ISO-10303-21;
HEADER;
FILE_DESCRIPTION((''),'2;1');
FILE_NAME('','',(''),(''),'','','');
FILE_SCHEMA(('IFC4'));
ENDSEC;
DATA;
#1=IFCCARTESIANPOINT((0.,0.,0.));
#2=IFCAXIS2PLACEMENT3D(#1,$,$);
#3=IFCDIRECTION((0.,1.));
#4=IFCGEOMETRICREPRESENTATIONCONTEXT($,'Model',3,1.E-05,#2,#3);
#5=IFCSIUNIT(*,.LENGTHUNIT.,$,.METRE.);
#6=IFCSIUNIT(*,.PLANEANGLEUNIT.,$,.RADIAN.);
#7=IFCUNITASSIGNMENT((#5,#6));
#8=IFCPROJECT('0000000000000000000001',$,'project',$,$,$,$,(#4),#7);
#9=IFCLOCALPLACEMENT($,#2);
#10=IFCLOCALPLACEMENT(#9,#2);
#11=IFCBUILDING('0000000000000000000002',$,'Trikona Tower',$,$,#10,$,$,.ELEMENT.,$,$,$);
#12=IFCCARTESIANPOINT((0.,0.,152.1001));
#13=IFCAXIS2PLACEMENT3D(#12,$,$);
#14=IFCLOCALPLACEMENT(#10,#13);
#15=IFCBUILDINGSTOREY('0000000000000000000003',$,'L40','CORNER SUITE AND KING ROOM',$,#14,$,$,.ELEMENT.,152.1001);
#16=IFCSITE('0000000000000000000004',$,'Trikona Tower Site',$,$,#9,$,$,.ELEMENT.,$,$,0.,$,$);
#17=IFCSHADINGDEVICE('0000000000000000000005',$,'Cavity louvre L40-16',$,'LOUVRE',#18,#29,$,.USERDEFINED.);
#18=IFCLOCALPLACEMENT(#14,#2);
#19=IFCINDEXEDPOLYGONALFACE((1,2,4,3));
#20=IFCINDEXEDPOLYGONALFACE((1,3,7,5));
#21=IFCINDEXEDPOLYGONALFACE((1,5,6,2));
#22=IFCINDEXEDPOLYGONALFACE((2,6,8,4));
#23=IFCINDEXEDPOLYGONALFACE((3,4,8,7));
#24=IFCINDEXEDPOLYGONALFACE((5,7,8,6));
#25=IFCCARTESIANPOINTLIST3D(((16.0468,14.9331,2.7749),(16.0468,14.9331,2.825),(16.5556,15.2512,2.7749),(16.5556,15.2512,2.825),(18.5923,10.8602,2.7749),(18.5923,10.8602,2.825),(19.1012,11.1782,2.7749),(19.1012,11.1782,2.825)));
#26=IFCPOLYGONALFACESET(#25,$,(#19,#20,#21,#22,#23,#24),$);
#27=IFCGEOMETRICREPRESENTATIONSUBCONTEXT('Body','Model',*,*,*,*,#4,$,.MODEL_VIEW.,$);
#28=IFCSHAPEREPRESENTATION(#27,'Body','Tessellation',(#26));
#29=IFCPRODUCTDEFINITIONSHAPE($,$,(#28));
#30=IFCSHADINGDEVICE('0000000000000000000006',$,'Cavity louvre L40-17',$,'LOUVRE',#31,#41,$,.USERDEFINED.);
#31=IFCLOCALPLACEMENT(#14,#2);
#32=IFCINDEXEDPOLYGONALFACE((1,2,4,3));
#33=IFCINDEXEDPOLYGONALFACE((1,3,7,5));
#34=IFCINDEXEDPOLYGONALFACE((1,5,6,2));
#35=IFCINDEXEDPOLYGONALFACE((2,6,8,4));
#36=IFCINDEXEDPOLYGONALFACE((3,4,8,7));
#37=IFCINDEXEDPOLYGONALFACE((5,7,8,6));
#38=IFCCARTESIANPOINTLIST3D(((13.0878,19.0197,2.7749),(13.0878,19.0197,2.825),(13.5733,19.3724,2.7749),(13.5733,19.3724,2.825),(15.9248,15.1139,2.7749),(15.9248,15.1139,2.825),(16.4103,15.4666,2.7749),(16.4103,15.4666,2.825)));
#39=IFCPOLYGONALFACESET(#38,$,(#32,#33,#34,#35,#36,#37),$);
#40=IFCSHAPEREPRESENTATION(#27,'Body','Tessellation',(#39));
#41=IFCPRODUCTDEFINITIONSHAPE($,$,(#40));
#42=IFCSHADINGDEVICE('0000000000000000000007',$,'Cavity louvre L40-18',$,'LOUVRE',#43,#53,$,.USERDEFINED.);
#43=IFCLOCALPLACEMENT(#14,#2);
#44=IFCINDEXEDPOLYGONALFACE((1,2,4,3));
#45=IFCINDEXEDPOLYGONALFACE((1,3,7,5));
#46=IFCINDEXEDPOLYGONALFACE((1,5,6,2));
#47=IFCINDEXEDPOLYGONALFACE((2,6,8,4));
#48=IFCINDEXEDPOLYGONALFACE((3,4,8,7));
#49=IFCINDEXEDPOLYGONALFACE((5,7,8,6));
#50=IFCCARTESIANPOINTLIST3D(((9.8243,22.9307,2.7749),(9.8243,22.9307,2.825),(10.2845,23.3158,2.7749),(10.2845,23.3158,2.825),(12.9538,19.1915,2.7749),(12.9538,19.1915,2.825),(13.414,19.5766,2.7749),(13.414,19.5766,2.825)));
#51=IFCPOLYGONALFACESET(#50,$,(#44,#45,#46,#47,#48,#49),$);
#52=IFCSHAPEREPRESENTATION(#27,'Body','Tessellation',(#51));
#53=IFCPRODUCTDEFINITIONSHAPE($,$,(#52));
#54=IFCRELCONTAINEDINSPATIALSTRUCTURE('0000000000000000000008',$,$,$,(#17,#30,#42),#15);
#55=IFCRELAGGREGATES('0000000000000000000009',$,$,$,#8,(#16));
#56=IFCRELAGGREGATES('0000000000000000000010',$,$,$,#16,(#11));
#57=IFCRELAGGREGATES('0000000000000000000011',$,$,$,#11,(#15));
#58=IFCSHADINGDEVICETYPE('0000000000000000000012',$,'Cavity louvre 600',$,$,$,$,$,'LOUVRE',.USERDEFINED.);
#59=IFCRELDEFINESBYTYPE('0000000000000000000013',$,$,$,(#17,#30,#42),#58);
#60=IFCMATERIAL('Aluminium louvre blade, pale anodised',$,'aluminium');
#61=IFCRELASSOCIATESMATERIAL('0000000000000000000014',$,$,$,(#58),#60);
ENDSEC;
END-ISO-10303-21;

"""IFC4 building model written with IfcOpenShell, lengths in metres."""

from ifc_helpers import new_model, si_unit, direction, frame, origin, origin_2d, place, context, subcontext, project, spatial, rectangle, extrude, material, type_object, element, save


model = new_model("IFC4")

# Units and contexts
model_context = context("Model", 3, precision=1e-05, world=origin(), true_north=direction((0.0, 1.0)))
body_context = subcontext(model_context, "Body", "Model", "MODEL_VIEW")
ifc_project = project(units=[si_unit("LENGTHUNIT", "METRE"), si_unit("PLANEANGLEUNIT", "RADIAN")], contexts=[model_context])

# Site, building, storey
site_placement = place(None, origin())
site = spatial("IfcSite", under=ifc_project, at=site_placement, Name="Trikona Tower Site", CompositionType="ELEMENT", RefElevation=0.0)
building_placement = place(site_placement, origin())
building = spatial("IfcBuilding", under=site, at=building_placement, Name="Trikona Tower", CompositionType="ELEMENT")
storey_placement = place(building_placement, frame((0.0, 0.0, 152.1001)))
storey = spatial("IfcBuildingStorey", under=building, at=storey_placement, Name="L40", Description="CORNER SUITE AND KING ROOM", CompositionType="ELEMENT", Elevation=152.1001)

# Shading devices
ifc_material_1 = material(Name="Aluminium louvre blade, pale anodised", Category="aluminium")
shading_device_type = type_object("IfcShadingDeviceType", Name="Cavity louvre 600", ElementType="LOUVRE", PredefinedType="USERDEFINED", material=ifc_material_1)
shading_device_1_placement = place(storey_placement, frame((17.574, 13.0557, 2.7749), z_axis=(0.0, 0.0, 1.0), x_axis=(-0.529995, 0.848001, 0.0)))
element("IfcShadingDevice", 1, at=shading_device_1_placement, inside=storey, type_object=shading_device_type, Name="Cavity louvre L40-16", ObjectType="LOUVRE", PredefinedType="USERDEFINED", context=body_context, shape_type="SweptSolid", body=[
    extrude(rectangle(XDim=4.803, YDim=0.6001, at=origin_2d()), origin(), (0.0, 0.0, 1.0), 0.05),
])
shading_device_2_placement = place(storey_placement, frame((14.749, 17.2432, 2.7749), z_axis=(0.0, 0.0, 1.0), x_axis=(-0.587686, 0.809089, 0.0)))
element("IfcShadingDevice", 2, at=shading_device_2_placement, inside=storey, type_object=shading_device_type, Name="Cavity louvre L40-17", ObjectType="LOUVRE", PredefinedType="USERDEFINED", context=body_context, shape_type="SweptSolid", body=[
    extrude(rectangle(XDim=4.8274, YDim=0.6001, at=origin_2d()), origin(), (0.0, 0.0, 1.0), 0.05),
])
shading_device_3_placement = place(storey_placement, frame((11.6191, 21.2537, 2.7749), z_axis=(0.0, 0.0, 1.0), x_axis=(-0.641807, 0.766866, 0.0)))
element("IfcShadingDevice", 3, at=shading_device_3_placement, inside=storey, type_object=shading_device_type, Name="Cavity louvre L40-18", ObjectType="LOUVRE", PredefinedType="USERDEFINED", context=body_context, shape_type="SweptSolid", body=[
    extrude(rectangle(XDim=4.876, YDim=0.6001, at=origin_2d()), origin(), (0.0, 0.0, 1.0), 0.05),
])

save(model, "model.ifc")
